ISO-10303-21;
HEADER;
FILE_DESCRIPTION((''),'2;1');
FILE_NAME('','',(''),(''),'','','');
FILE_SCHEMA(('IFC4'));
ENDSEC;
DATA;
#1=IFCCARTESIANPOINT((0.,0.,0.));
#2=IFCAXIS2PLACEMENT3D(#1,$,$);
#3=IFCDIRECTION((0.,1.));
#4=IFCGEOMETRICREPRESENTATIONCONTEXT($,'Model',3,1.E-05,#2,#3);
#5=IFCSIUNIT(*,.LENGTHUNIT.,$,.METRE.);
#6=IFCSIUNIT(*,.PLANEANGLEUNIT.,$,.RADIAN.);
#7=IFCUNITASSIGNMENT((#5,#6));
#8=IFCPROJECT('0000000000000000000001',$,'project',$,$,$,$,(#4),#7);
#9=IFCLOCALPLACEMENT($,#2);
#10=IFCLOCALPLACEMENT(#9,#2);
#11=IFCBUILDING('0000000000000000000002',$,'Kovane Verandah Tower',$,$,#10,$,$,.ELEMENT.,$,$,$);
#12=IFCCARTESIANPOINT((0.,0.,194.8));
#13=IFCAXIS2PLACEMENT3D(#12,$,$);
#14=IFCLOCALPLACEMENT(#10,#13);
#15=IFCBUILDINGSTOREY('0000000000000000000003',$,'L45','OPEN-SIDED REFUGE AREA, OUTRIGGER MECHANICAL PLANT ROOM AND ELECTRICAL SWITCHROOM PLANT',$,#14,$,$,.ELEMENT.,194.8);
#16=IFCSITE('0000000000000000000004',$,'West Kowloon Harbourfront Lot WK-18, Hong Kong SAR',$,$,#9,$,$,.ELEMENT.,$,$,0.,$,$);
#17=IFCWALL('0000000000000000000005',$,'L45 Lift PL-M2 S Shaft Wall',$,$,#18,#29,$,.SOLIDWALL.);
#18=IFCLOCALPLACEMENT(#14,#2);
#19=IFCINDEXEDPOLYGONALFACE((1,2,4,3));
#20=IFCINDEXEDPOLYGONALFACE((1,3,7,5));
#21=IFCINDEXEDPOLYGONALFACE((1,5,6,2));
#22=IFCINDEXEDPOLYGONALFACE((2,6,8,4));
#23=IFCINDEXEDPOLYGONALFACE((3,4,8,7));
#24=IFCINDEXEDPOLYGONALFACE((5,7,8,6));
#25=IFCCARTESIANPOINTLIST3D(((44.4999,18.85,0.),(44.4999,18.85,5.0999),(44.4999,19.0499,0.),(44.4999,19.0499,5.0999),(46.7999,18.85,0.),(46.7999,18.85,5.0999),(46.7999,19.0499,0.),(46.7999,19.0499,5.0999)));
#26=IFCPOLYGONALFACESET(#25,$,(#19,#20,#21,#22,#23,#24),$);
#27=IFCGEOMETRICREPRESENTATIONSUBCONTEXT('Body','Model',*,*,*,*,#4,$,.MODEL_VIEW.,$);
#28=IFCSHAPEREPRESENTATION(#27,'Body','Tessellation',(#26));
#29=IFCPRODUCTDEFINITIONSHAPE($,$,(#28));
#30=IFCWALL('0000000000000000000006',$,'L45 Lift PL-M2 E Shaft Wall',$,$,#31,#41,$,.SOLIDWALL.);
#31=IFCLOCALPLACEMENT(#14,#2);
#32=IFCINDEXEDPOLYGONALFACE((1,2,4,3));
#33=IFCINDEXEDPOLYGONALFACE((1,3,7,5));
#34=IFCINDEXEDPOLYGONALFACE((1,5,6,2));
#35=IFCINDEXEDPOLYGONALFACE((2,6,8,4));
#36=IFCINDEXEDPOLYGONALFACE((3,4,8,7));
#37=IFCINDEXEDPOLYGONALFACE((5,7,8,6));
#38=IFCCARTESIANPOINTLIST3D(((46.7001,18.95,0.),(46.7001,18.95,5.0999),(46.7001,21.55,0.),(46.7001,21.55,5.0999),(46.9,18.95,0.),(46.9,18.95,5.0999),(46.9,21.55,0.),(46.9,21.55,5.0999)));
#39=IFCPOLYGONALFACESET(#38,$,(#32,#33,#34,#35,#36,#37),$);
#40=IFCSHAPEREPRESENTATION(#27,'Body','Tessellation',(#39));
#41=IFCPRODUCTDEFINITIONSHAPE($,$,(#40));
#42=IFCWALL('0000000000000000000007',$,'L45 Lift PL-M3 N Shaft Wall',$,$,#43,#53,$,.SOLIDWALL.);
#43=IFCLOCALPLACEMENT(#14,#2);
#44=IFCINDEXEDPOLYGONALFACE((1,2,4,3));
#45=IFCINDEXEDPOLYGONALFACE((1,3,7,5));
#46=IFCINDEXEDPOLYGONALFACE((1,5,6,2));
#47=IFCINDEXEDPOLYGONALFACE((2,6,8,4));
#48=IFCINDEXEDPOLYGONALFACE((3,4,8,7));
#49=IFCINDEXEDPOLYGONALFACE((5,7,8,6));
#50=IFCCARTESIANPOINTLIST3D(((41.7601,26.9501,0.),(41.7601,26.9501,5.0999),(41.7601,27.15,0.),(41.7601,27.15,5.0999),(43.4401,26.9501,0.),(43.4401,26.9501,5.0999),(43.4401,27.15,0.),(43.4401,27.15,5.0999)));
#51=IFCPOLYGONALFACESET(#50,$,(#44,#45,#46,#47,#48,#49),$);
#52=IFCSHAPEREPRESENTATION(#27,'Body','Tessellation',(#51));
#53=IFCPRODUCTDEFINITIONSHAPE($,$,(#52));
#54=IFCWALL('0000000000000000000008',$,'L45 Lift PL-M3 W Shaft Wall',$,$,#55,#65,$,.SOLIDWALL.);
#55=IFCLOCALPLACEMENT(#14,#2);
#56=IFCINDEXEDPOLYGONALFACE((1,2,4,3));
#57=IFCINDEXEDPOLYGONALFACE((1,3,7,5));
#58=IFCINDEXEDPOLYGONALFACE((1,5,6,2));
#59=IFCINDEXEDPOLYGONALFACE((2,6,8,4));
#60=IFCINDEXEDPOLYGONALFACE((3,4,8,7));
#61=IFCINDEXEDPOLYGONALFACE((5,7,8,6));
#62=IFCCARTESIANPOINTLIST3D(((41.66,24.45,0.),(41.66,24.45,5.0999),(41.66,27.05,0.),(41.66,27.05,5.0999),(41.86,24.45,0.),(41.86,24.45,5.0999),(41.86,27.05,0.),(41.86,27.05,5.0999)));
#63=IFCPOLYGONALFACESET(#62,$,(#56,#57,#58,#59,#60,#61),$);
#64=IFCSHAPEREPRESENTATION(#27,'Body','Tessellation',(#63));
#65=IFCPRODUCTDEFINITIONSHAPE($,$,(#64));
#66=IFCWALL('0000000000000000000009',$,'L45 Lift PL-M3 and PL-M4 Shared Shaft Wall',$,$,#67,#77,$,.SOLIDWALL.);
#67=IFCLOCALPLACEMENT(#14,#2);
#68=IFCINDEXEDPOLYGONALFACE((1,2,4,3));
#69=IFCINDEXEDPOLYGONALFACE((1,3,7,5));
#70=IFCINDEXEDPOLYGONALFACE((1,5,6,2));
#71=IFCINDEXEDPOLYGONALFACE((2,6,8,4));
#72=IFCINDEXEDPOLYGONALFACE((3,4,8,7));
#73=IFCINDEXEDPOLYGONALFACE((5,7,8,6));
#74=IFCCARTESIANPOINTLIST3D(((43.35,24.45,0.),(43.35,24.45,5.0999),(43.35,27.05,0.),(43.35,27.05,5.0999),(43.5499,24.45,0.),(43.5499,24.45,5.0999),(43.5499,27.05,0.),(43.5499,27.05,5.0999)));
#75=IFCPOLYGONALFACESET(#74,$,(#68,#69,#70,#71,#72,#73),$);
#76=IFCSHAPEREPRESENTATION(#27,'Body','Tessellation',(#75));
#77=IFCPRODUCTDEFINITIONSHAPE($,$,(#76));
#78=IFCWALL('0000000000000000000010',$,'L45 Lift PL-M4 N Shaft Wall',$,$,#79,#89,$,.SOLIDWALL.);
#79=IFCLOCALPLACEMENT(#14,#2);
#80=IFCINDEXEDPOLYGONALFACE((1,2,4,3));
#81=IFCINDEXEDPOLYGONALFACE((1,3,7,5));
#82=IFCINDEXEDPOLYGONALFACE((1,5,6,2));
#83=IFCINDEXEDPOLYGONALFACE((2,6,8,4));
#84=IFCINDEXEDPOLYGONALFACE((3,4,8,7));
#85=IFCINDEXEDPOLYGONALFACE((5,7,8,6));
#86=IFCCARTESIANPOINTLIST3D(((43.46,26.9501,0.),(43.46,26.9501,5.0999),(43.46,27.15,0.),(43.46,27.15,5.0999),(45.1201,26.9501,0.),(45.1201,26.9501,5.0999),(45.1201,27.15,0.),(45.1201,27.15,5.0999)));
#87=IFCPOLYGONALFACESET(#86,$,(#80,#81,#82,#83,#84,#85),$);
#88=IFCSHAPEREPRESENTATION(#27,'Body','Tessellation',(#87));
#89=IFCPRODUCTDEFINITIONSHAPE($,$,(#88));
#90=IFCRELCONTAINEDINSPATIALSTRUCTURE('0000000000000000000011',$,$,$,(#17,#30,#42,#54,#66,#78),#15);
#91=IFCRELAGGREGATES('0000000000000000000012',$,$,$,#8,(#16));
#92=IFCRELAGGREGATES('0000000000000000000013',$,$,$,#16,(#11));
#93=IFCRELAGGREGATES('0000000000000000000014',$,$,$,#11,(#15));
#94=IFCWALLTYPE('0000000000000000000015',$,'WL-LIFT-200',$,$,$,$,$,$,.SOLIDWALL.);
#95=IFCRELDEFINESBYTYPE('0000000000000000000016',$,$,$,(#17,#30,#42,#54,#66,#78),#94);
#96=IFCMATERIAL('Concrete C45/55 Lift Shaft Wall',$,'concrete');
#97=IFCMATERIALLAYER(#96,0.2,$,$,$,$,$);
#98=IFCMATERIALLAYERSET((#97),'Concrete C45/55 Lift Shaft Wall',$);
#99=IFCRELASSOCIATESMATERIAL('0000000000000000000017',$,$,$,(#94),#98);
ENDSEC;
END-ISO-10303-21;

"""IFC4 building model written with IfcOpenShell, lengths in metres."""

from ifc_helpers import new_model, si_unit, direction, frame, frame_2d, origin, place, context, subcontext, project, spatial, rectangle, extrude, material, layer, layer_set, type_object, element, save


model = new_model("IFC4")

# Units and contexts
model_context = context("Model", 3, precision=1e-05, world=origin(), true_north=direction((0.0, 1.0)))
body_context = subcontext(model_context, "Body", "Model", "MODEL_VIEW")
ifc_project = project(units=[si_unit("LENGTHUNIT", "METRE"), si_unit("PLANEANGLEUNIT", "RADIAN")], contexts=[model_context])

# Site, building, storey
site_placement = place(None, origin())
site = spatial("IfcSite", under=ifc_project, at=site_placement, Name="West Kowloon Harbourfront Lot WK-18, Hong Kong SAR", CompositionType="ELEMENT", RefElevation=0.0)
building_placement = place(site_placement, origin())
building = spatial("IfcBuilding", under=site, at=building_placement, Name="Kovane Verandah Tower", CompositionType="ELEMENT")
storey_placement = place(building_placement, frame((0.0, 0.0, 194.8)))
storey = spatial("IfcBuildingStorey", under=building, at=storey_placement, Name="L45", Description="OPEN-SIDED REFUGE AREA, OUTRIGGER MECHANICAL PLANT ROOM AND ELECTRICAL SWITCHROOM PLANT", CompositionType="ELEMENT", Elevation=194.8)

# Shared definitions
ifc_material_1 = material(Name="Concrete C45/55 Lift Shaft Wall", Category="concrete")
ifc_layer_1 = layer(ifc_material_1, 0.2)
ifc_layer_set_1 = layer_set([ifc_layer_1], Name="Concrete C45/55 Lift Shaft Wall")
wall_type_1 = type_object("IfcWallType", Name="WL-LIFT-200", PredefinedType="SOLIDWALL", material=ifc_layer_set_1)

# Wall
wall_1_placement = place(storey_placement, frame((44.5, 18.95, 0.0), z_axis=(0.0, 0.0, 1.0), x_axis=(1.0, 0.0, 0.0)))
element("IfcWall", 1, at=wall_1_placement, inside=storey, type_object=wall_type_1, Name="L45 Lift PL-M2 S Shaft Wall", PredefinedType="SOLIDWALL", context=body_context, shape_type="SweptSolid", body=[
    extrude(rectangle(XDim=2.3, YDim=0.2, at=frame_2d((1.1499, 0.0))), origin(), (0.0, 0.0, 1.0), 5.0999),
])

# Wall
wall_2_placement = place(storey_placement, frame((46.8, 18.95, 0.0), z_axis=(0.0, 0.0, 1.0), x_axis=(0.0, 1.0, 0.0)))
element("IfcWall", 2, at=wall_2_placement, inside=storey, type_object=wall_type_1, Name="L45 Lift PL-M2 E Shaft Wall", PredefinedType="SOLIDWALL", context=body_context, shape_type="SweptSolid", body=[
    extrude(rectangle(XDim=2.6001, YDim=0.2, at=frame_2d((1.3, 0.0))), origin(), (0.0, 0.0, 1.0), 5.0999),
])

# Walls
wall_3_placement = place(storey_placement, frame((43.4399, 27.05, 0.0), z_axis=(0.0, 0.0, 1.0), x_axis=(-1.0, 0.0, 0.0)))
element("IfcWall", 3, at=wall_3_placement, inside=storey, type_object=wall_type_1, Name="L45 Lift PL-M3 N Shaft Wall", PredefinedType="SOLIDWALL", context=body_context, shape_type="SweptSolid", body=[
    extrude(rectangle(XDim=1.6799, YDim=0.2, at=frame_2d((0.8398, 0.0))), origin(), (0.0, 0.0, 1.0), 5.0999),
])
for number, where, z_axis, x_axis, name in (
    (4, (41.76, 27.05, 0.0), (0.0, 0.0, 1.0), (0.0, -1.0, 0.0), "L45 Lift PL-M3 W Shaft Wall"),
    (5, (43.45, 24.45, 0.0), (0.0, 0.0, 1.0), (0.0, 1.0, 0.0), "L45 Lift PL-M3 and PL-M4 Shared Shaft Wall"),
):
    element("IfcWall", number, at=place(storey_placement, frame(where, z_axis=z_axis, x_axis=x_axis)), inside=storey, type_object=wall_type_1, Name=name, PredefinedType="SOLIDWALL", context=body_context, shape_type="SweptSolid", body=[
        extrude(rectangle(XDim=2.6001, YDim=0.2, at=frame_2d((1.3, 0.0))), origin(), (0.0, 0.0, 1.0), 5.0999),
    ])

# Wall
wall_4_placement = place(storey_placement, frame((45.1201, 27.05, 0.0), z_axis=(0.0, 0.0, 1.0), x_axis=(-1.0, 0.0, 0.0)))
element("IfcWall", 6, at=wall_4_placement, inside=storey, type_object=wall_type_1, Name="L45 Lift PL-M4 N Shaft Wall", PredefinedType="SOLIDWALL", context=body_context, shape_type="SweptSolid", body=[
    extrude(rectangle(XDim=1.6602, YDim=0.2, at=frame_2d((0.8301, 0.0))), origin(), (0.0, 0.0, 1.0), 5.0999),
])

save(model, "model.ifc")
